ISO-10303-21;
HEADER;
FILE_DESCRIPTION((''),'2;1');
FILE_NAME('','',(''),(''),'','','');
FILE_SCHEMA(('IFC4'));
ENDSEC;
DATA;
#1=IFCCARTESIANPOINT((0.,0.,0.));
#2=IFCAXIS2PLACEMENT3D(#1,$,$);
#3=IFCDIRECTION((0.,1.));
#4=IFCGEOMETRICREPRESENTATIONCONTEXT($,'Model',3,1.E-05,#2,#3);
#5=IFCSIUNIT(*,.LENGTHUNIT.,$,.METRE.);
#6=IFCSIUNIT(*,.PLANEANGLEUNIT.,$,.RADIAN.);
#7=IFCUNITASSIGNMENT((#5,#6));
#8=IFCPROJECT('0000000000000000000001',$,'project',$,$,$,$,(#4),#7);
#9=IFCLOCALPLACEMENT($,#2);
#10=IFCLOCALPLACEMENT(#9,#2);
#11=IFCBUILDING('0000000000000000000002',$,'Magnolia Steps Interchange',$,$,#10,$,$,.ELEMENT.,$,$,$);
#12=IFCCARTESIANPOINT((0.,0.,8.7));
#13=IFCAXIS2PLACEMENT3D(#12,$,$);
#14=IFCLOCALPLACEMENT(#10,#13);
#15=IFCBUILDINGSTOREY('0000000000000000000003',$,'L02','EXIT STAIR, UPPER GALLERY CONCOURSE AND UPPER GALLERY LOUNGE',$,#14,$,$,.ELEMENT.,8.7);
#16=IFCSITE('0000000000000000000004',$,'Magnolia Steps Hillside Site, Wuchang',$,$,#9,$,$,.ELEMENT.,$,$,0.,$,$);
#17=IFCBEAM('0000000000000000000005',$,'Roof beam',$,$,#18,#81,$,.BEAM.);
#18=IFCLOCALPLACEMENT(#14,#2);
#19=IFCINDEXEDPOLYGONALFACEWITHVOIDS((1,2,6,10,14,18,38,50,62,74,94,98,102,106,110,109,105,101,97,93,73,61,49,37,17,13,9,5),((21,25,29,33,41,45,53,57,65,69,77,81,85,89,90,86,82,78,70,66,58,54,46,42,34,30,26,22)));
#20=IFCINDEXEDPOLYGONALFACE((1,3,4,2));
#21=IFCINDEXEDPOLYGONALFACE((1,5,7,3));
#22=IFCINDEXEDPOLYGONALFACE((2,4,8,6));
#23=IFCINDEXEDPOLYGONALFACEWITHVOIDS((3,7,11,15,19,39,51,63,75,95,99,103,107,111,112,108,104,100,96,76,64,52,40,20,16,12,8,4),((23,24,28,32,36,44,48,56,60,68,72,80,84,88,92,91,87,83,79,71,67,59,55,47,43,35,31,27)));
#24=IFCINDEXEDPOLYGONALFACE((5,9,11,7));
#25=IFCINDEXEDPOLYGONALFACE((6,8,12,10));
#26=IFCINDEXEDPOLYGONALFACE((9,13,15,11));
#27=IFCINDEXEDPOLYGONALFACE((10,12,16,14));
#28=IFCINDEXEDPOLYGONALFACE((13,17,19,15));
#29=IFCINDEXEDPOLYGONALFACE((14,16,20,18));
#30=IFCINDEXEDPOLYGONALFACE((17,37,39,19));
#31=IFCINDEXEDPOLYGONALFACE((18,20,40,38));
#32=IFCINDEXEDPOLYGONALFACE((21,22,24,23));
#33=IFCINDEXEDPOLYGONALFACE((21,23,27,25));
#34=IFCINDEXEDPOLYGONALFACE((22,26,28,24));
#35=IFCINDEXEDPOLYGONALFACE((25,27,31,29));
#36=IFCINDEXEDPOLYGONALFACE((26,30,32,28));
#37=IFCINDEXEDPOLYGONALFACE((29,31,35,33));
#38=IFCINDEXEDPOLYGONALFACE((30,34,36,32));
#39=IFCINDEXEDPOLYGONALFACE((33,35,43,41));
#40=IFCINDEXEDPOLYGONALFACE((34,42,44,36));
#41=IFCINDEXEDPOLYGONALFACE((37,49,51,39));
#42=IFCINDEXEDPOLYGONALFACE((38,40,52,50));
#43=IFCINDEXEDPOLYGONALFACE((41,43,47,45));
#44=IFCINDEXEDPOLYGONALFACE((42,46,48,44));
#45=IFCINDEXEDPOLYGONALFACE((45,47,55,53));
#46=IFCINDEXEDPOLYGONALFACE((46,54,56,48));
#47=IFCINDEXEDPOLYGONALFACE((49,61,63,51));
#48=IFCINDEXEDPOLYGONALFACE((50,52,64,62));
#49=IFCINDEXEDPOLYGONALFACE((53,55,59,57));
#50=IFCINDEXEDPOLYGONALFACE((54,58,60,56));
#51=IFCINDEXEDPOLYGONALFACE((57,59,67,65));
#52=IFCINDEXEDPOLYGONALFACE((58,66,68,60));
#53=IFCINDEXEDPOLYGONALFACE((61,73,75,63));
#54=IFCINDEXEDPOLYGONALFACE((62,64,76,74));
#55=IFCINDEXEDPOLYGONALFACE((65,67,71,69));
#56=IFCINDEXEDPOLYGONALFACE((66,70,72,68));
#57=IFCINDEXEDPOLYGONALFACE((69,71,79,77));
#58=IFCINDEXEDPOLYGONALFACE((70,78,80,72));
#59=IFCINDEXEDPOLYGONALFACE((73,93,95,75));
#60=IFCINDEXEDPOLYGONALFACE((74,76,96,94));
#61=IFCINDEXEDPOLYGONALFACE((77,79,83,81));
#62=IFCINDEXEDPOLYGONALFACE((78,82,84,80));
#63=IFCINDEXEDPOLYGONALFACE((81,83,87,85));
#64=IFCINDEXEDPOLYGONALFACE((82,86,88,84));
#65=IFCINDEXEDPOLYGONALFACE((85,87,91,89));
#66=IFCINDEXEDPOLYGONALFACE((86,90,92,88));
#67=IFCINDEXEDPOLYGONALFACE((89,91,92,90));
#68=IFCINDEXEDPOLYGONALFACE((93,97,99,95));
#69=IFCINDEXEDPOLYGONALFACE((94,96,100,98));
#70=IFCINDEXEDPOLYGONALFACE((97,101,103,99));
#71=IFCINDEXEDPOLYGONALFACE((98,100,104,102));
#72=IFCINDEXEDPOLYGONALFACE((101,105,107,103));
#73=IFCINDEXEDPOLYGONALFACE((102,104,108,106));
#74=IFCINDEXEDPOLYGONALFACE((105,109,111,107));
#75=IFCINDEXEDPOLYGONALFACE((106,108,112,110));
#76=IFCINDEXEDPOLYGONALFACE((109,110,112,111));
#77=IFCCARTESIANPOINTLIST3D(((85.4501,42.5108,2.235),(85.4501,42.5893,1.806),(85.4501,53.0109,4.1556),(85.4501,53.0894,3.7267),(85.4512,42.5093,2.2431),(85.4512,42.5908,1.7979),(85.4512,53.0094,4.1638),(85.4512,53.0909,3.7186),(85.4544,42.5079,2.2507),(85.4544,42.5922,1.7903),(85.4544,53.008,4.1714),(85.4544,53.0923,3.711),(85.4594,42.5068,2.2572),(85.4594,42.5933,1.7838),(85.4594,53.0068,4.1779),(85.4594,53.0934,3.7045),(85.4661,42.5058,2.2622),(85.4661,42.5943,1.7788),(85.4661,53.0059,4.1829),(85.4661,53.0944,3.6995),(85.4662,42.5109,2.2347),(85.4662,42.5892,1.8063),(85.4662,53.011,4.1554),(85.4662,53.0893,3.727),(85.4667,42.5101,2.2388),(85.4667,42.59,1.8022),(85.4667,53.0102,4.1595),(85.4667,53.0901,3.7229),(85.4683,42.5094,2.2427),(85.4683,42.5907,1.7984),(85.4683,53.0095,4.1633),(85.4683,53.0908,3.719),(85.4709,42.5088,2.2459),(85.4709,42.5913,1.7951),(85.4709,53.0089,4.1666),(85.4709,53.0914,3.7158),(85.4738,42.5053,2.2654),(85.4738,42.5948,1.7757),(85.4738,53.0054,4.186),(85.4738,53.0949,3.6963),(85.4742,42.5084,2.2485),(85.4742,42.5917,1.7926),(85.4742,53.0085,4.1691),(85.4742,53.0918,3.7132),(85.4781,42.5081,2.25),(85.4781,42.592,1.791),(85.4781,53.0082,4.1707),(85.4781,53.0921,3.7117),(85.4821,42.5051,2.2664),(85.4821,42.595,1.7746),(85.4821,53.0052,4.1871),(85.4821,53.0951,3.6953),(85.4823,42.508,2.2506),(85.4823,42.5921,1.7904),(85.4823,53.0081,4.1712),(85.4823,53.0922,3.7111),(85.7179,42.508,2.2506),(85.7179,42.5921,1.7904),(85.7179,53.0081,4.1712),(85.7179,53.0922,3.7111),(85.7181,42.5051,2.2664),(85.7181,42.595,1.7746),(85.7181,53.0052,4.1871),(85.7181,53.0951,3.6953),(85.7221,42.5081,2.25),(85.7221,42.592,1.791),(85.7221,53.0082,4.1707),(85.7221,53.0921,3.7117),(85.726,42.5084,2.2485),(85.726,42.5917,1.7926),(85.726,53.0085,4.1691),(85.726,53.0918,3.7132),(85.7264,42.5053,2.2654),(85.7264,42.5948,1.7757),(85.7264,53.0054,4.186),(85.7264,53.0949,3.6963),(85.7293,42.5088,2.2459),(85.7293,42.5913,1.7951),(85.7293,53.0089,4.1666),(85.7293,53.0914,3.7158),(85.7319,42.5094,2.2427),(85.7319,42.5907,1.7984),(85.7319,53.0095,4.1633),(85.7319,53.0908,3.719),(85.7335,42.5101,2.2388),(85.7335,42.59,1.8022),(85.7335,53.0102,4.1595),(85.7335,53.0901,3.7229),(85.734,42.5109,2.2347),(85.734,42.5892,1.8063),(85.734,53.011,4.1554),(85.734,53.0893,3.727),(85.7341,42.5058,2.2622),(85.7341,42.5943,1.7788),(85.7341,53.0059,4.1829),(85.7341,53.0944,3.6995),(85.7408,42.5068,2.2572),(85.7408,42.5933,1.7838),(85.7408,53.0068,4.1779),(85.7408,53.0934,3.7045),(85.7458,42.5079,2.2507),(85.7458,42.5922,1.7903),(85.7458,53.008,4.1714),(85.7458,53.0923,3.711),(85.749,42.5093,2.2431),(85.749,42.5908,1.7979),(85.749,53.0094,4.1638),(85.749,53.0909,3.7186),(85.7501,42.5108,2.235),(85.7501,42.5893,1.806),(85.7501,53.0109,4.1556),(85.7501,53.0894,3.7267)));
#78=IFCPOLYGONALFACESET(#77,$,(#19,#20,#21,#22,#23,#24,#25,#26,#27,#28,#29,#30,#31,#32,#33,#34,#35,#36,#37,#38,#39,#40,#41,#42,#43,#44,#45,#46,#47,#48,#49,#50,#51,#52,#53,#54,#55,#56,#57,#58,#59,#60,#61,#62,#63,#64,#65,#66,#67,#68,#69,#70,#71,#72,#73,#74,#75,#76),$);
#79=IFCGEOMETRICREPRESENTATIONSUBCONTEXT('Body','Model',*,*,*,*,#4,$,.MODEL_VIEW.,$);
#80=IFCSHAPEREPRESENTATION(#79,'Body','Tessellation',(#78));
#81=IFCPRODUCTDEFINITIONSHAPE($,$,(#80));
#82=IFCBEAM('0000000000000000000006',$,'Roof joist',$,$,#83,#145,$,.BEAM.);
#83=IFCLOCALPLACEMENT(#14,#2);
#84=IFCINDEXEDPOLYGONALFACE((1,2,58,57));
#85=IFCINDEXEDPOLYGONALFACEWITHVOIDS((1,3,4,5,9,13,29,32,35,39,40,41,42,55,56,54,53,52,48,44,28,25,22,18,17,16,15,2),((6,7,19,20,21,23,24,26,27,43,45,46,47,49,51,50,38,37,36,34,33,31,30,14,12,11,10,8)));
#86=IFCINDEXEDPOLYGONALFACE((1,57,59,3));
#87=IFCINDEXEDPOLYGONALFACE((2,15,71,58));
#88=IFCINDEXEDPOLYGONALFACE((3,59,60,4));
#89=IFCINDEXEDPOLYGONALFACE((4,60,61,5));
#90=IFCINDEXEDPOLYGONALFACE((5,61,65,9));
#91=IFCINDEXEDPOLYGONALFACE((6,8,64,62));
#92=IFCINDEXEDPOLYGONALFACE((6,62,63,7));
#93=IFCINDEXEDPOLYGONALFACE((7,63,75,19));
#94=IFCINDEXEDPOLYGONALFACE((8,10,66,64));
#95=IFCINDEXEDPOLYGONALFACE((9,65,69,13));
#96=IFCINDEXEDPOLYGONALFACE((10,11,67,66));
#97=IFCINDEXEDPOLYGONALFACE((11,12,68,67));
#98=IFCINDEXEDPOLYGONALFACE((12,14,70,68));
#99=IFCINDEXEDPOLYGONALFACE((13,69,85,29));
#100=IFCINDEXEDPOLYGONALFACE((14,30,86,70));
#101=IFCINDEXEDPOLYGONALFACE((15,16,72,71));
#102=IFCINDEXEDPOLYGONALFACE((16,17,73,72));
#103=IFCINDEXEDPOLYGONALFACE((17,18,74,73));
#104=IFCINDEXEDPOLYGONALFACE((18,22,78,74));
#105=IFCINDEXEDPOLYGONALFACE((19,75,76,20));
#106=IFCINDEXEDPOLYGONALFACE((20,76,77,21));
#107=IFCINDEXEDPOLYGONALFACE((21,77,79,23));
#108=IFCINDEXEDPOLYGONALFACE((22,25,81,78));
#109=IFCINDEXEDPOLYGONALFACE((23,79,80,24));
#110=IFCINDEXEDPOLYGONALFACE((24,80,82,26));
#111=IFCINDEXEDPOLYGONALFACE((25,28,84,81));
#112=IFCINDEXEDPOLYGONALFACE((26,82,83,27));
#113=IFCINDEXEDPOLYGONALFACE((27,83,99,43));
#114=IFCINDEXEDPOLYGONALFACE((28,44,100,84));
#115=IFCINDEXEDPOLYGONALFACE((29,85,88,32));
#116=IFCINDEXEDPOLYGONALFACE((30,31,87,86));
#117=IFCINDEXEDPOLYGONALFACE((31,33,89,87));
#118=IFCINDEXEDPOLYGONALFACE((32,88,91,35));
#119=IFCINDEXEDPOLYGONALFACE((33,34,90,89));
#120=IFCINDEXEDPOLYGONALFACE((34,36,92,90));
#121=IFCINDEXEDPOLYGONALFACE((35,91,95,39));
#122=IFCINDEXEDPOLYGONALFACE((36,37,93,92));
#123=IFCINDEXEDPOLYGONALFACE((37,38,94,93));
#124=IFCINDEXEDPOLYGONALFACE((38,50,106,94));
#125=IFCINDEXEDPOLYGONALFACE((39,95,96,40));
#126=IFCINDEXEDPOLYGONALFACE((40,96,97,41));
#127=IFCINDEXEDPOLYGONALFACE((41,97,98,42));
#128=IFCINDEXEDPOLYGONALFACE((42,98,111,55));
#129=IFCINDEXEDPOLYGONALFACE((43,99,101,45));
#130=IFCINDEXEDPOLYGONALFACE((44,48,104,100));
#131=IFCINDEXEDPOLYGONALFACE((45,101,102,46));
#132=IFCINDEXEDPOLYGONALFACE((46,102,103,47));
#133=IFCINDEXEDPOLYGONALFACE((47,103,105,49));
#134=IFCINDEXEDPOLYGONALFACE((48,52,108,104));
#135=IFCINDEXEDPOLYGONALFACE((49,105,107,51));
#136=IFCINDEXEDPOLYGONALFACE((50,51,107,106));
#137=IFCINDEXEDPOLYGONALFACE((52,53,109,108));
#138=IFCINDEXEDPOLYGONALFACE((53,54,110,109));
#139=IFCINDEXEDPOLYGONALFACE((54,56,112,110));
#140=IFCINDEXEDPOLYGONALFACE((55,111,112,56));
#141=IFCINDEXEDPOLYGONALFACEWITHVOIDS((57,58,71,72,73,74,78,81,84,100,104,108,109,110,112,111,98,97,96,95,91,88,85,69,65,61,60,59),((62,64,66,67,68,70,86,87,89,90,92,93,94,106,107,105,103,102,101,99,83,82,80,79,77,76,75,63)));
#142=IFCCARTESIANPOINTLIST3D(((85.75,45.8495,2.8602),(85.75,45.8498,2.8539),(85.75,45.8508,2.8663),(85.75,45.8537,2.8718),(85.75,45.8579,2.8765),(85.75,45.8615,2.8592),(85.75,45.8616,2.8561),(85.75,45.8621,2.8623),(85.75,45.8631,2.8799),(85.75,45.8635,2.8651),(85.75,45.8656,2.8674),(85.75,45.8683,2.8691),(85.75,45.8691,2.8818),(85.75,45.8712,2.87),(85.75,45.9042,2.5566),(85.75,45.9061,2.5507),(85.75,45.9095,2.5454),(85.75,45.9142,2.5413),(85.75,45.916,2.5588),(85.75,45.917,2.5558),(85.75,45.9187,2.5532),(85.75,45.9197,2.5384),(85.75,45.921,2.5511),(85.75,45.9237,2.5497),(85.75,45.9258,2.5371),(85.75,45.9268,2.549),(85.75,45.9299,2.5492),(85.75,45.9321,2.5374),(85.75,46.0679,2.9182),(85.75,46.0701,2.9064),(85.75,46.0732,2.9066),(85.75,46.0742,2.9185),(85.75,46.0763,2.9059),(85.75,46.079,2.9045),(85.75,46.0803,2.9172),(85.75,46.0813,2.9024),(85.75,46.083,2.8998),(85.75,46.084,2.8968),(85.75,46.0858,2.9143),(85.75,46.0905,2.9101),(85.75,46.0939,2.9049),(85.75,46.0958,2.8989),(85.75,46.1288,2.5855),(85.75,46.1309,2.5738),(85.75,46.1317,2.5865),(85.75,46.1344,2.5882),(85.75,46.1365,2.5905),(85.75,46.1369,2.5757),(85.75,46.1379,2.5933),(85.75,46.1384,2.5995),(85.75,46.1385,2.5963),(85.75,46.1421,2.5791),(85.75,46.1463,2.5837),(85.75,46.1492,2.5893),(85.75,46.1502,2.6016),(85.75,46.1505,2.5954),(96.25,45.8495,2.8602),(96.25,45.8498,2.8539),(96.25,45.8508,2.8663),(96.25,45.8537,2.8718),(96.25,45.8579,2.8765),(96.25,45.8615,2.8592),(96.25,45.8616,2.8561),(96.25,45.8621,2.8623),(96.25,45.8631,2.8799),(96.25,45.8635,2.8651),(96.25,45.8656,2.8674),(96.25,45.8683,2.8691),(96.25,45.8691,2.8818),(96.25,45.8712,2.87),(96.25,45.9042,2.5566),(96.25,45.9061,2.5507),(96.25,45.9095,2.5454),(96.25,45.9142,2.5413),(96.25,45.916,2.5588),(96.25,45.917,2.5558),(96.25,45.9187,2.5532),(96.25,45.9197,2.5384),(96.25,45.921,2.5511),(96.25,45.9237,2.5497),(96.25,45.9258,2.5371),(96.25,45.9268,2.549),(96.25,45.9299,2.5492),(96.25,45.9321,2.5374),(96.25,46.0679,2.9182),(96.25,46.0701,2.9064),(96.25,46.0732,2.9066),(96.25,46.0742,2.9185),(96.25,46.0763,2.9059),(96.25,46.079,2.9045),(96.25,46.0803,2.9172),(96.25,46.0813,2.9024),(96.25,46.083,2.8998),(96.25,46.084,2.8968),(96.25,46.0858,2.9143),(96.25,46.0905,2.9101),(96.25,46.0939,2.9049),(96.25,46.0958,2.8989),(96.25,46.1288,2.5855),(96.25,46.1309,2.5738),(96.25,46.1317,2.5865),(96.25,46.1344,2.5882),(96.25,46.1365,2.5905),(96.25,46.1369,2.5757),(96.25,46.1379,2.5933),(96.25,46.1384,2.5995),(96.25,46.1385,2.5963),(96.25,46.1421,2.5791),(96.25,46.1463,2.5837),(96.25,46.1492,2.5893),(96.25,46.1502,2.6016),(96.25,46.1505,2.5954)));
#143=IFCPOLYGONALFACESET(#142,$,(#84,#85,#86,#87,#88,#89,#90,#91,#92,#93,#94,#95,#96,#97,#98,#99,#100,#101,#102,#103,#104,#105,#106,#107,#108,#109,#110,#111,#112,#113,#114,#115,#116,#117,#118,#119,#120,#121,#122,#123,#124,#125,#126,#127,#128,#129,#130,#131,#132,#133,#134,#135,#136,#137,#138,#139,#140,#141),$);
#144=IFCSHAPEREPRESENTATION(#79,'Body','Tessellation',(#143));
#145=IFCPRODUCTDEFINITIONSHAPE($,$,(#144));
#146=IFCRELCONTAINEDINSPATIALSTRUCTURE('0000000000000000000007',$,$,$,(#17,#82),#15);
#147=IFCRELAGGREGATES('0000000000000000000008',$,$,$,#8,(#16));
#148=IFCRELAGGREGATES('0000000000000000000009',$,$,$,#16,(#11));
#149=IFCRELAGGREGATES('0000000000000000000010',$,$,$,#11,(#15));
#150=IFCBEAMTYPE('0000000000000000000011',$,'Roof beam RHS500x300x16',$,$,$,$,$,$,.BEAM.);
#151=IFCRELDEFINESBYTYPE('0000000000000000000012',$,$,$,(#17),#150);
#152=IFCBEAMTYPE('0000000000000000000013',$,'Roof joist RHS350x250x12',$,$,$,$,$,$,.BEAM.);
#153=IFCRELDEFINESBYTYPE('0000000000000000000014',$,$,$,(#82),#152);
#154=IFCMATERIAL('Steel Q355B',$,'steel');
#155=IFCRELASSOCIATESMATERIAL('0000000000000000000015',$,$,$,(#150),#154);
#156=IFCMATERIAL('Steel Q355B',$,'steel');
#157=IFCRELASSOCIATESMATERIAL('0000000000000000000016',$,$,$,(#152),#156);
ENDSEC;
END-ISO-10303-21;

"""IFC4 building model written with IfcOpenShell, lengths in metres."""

from ifc_helpers import new_model, si_unit, direction, frame, origin, origin_2d, place, context, subcontext, project, spatial, hollow_rectangle, extrude, material, material_profile, profile_set, type_object, element, save


model = new_model("IFC4")

# Units and contexts
model_context = context("Model", 3, precision=1e-05, world=origin(), true_north=direction((0.0, 1.0)))
body_context = subcontext(model_context, "Body", "Model", "MODEL_VIEW")
ifc_project = project(units=[si_unit("LENGTHUNIT", "METRE"), si_unit("PLANEANGLEUNIT", "RADIAN")], contexts=[model_context])

# Site, building, storey
site_placement = place(None, origin())
site = spatial("IfcSite", under=ifc_project, at=site_placement, Name="Magnolia Steps Hillside Site, Wuchang", CompositionType="ELEMENT", RefElevation=0.0)
building_placement = place(site_placement, origin())
building = spatial("IfcBuilding", under=site, at=building_placement, Name="Magnolia Steps Interchange", CompositionType="ELEMENT")
storey_placement = place(building_placement, frame((0.0, 0.0, 8.7)))
storey = spatial("IfcBuildingStorey", under=building, at=storey_placement, Name="L02", Description="EXIT STAIR, UPPER GALLERY CONCOURSE AND UPPER GALLERY LOUNGE", CompositionType="ELEMENT", Elevation=8.7)

# Beams
ifc_material_1 = material(Name="Steel Q355B", Category="steel")
ifc_material_profile_1 = material_profile(ifc_material_1, hollow_rectangle(XDim=0.3, YDim=0.5, WallThickness=0.0161, InnerFilletRadius=0.0161, OuterFilletRadius=0.032, at=origin_2d()), Name="RHS500x300x16")
ifc_profile_set_1 = profile_set([ifc_material_profile_1], Name="Steel Q355B")
beam_type_1 = type_object("IfcBeamType", Name="Roof beam RHS500x300x16", PredefinedType="BEAM", material=ifc_profile_set_1)
beam_1_placement = place(storey_placement, frame((85.6001, 42.55, 2.0205), z_axis=(0.0, 0.983679, 0.179934), x_axis=(-1.0, 0.0, 0.0)))
element("IfcBeam", 1, at=beam_1_placement, inside=storey, type_object=beam_type_1, Name="Roof beam", PredefinedType="BEAM", context=body_context, shape_type="SweptSolid", body=[
    extrude(hollow_rectangle(XDim=0.3, YDim=0.5, WallThickness=0.0161, InnerFilletRadius=0.0161, OuterFilletRadius=0.032, at=origin_2d()), origin(), (0.0, 0.0, 1.0), 10.6743),
])
ifc_material_2 = material(Name="Steel Q355B", Category="steel")
ifc_material_profile_2 = material_profile(ifc_material_2, hollow_rectangle(XDim=0.25, YDim=0.3501, WallThickness=0.012, InnerFilletRadius=0.012, OuterFilletRadius=0.0239, at=origin_2d()), Name="RHS350x250x12")
ifc_profile_set_2 = profile_set([ifc_material_profile_2], Name="Steel Q355B")
beam_type_2 = type_object("IfcBeamType", Name="Roof joist RHS350x250x12", PredefinedType="BEAM", material=ifc_profile_set_2)
for number, where, z_axis, x_axis, name in (
    (2, (85.75, 46.0, 2.7278), (1.0, 0.0, 0.0), (0.0, 0.983677, 0.179941), "Roof joist"),
):
    element("IfcBeam", number, at=place(storey_placement, frame(where, z_axis=z_axis, x_axis=x_axis)), inside=storey, type_object=beam_type_2, Name=name, PredefinedType="BEAM", context=body_context, shape_type="SweptSolid", body=[
        extrude(hollow_rectangle(XDim=0.25, YDim=0.3501, WallThickness=0.012, InnerFilletRadius=0.012, OuterFilletRadius=0.0239, at=origin_2d()), origin(), (0.0, 0.0, 1.0), 10.5),
    ])

save(model, "model.ifc")
